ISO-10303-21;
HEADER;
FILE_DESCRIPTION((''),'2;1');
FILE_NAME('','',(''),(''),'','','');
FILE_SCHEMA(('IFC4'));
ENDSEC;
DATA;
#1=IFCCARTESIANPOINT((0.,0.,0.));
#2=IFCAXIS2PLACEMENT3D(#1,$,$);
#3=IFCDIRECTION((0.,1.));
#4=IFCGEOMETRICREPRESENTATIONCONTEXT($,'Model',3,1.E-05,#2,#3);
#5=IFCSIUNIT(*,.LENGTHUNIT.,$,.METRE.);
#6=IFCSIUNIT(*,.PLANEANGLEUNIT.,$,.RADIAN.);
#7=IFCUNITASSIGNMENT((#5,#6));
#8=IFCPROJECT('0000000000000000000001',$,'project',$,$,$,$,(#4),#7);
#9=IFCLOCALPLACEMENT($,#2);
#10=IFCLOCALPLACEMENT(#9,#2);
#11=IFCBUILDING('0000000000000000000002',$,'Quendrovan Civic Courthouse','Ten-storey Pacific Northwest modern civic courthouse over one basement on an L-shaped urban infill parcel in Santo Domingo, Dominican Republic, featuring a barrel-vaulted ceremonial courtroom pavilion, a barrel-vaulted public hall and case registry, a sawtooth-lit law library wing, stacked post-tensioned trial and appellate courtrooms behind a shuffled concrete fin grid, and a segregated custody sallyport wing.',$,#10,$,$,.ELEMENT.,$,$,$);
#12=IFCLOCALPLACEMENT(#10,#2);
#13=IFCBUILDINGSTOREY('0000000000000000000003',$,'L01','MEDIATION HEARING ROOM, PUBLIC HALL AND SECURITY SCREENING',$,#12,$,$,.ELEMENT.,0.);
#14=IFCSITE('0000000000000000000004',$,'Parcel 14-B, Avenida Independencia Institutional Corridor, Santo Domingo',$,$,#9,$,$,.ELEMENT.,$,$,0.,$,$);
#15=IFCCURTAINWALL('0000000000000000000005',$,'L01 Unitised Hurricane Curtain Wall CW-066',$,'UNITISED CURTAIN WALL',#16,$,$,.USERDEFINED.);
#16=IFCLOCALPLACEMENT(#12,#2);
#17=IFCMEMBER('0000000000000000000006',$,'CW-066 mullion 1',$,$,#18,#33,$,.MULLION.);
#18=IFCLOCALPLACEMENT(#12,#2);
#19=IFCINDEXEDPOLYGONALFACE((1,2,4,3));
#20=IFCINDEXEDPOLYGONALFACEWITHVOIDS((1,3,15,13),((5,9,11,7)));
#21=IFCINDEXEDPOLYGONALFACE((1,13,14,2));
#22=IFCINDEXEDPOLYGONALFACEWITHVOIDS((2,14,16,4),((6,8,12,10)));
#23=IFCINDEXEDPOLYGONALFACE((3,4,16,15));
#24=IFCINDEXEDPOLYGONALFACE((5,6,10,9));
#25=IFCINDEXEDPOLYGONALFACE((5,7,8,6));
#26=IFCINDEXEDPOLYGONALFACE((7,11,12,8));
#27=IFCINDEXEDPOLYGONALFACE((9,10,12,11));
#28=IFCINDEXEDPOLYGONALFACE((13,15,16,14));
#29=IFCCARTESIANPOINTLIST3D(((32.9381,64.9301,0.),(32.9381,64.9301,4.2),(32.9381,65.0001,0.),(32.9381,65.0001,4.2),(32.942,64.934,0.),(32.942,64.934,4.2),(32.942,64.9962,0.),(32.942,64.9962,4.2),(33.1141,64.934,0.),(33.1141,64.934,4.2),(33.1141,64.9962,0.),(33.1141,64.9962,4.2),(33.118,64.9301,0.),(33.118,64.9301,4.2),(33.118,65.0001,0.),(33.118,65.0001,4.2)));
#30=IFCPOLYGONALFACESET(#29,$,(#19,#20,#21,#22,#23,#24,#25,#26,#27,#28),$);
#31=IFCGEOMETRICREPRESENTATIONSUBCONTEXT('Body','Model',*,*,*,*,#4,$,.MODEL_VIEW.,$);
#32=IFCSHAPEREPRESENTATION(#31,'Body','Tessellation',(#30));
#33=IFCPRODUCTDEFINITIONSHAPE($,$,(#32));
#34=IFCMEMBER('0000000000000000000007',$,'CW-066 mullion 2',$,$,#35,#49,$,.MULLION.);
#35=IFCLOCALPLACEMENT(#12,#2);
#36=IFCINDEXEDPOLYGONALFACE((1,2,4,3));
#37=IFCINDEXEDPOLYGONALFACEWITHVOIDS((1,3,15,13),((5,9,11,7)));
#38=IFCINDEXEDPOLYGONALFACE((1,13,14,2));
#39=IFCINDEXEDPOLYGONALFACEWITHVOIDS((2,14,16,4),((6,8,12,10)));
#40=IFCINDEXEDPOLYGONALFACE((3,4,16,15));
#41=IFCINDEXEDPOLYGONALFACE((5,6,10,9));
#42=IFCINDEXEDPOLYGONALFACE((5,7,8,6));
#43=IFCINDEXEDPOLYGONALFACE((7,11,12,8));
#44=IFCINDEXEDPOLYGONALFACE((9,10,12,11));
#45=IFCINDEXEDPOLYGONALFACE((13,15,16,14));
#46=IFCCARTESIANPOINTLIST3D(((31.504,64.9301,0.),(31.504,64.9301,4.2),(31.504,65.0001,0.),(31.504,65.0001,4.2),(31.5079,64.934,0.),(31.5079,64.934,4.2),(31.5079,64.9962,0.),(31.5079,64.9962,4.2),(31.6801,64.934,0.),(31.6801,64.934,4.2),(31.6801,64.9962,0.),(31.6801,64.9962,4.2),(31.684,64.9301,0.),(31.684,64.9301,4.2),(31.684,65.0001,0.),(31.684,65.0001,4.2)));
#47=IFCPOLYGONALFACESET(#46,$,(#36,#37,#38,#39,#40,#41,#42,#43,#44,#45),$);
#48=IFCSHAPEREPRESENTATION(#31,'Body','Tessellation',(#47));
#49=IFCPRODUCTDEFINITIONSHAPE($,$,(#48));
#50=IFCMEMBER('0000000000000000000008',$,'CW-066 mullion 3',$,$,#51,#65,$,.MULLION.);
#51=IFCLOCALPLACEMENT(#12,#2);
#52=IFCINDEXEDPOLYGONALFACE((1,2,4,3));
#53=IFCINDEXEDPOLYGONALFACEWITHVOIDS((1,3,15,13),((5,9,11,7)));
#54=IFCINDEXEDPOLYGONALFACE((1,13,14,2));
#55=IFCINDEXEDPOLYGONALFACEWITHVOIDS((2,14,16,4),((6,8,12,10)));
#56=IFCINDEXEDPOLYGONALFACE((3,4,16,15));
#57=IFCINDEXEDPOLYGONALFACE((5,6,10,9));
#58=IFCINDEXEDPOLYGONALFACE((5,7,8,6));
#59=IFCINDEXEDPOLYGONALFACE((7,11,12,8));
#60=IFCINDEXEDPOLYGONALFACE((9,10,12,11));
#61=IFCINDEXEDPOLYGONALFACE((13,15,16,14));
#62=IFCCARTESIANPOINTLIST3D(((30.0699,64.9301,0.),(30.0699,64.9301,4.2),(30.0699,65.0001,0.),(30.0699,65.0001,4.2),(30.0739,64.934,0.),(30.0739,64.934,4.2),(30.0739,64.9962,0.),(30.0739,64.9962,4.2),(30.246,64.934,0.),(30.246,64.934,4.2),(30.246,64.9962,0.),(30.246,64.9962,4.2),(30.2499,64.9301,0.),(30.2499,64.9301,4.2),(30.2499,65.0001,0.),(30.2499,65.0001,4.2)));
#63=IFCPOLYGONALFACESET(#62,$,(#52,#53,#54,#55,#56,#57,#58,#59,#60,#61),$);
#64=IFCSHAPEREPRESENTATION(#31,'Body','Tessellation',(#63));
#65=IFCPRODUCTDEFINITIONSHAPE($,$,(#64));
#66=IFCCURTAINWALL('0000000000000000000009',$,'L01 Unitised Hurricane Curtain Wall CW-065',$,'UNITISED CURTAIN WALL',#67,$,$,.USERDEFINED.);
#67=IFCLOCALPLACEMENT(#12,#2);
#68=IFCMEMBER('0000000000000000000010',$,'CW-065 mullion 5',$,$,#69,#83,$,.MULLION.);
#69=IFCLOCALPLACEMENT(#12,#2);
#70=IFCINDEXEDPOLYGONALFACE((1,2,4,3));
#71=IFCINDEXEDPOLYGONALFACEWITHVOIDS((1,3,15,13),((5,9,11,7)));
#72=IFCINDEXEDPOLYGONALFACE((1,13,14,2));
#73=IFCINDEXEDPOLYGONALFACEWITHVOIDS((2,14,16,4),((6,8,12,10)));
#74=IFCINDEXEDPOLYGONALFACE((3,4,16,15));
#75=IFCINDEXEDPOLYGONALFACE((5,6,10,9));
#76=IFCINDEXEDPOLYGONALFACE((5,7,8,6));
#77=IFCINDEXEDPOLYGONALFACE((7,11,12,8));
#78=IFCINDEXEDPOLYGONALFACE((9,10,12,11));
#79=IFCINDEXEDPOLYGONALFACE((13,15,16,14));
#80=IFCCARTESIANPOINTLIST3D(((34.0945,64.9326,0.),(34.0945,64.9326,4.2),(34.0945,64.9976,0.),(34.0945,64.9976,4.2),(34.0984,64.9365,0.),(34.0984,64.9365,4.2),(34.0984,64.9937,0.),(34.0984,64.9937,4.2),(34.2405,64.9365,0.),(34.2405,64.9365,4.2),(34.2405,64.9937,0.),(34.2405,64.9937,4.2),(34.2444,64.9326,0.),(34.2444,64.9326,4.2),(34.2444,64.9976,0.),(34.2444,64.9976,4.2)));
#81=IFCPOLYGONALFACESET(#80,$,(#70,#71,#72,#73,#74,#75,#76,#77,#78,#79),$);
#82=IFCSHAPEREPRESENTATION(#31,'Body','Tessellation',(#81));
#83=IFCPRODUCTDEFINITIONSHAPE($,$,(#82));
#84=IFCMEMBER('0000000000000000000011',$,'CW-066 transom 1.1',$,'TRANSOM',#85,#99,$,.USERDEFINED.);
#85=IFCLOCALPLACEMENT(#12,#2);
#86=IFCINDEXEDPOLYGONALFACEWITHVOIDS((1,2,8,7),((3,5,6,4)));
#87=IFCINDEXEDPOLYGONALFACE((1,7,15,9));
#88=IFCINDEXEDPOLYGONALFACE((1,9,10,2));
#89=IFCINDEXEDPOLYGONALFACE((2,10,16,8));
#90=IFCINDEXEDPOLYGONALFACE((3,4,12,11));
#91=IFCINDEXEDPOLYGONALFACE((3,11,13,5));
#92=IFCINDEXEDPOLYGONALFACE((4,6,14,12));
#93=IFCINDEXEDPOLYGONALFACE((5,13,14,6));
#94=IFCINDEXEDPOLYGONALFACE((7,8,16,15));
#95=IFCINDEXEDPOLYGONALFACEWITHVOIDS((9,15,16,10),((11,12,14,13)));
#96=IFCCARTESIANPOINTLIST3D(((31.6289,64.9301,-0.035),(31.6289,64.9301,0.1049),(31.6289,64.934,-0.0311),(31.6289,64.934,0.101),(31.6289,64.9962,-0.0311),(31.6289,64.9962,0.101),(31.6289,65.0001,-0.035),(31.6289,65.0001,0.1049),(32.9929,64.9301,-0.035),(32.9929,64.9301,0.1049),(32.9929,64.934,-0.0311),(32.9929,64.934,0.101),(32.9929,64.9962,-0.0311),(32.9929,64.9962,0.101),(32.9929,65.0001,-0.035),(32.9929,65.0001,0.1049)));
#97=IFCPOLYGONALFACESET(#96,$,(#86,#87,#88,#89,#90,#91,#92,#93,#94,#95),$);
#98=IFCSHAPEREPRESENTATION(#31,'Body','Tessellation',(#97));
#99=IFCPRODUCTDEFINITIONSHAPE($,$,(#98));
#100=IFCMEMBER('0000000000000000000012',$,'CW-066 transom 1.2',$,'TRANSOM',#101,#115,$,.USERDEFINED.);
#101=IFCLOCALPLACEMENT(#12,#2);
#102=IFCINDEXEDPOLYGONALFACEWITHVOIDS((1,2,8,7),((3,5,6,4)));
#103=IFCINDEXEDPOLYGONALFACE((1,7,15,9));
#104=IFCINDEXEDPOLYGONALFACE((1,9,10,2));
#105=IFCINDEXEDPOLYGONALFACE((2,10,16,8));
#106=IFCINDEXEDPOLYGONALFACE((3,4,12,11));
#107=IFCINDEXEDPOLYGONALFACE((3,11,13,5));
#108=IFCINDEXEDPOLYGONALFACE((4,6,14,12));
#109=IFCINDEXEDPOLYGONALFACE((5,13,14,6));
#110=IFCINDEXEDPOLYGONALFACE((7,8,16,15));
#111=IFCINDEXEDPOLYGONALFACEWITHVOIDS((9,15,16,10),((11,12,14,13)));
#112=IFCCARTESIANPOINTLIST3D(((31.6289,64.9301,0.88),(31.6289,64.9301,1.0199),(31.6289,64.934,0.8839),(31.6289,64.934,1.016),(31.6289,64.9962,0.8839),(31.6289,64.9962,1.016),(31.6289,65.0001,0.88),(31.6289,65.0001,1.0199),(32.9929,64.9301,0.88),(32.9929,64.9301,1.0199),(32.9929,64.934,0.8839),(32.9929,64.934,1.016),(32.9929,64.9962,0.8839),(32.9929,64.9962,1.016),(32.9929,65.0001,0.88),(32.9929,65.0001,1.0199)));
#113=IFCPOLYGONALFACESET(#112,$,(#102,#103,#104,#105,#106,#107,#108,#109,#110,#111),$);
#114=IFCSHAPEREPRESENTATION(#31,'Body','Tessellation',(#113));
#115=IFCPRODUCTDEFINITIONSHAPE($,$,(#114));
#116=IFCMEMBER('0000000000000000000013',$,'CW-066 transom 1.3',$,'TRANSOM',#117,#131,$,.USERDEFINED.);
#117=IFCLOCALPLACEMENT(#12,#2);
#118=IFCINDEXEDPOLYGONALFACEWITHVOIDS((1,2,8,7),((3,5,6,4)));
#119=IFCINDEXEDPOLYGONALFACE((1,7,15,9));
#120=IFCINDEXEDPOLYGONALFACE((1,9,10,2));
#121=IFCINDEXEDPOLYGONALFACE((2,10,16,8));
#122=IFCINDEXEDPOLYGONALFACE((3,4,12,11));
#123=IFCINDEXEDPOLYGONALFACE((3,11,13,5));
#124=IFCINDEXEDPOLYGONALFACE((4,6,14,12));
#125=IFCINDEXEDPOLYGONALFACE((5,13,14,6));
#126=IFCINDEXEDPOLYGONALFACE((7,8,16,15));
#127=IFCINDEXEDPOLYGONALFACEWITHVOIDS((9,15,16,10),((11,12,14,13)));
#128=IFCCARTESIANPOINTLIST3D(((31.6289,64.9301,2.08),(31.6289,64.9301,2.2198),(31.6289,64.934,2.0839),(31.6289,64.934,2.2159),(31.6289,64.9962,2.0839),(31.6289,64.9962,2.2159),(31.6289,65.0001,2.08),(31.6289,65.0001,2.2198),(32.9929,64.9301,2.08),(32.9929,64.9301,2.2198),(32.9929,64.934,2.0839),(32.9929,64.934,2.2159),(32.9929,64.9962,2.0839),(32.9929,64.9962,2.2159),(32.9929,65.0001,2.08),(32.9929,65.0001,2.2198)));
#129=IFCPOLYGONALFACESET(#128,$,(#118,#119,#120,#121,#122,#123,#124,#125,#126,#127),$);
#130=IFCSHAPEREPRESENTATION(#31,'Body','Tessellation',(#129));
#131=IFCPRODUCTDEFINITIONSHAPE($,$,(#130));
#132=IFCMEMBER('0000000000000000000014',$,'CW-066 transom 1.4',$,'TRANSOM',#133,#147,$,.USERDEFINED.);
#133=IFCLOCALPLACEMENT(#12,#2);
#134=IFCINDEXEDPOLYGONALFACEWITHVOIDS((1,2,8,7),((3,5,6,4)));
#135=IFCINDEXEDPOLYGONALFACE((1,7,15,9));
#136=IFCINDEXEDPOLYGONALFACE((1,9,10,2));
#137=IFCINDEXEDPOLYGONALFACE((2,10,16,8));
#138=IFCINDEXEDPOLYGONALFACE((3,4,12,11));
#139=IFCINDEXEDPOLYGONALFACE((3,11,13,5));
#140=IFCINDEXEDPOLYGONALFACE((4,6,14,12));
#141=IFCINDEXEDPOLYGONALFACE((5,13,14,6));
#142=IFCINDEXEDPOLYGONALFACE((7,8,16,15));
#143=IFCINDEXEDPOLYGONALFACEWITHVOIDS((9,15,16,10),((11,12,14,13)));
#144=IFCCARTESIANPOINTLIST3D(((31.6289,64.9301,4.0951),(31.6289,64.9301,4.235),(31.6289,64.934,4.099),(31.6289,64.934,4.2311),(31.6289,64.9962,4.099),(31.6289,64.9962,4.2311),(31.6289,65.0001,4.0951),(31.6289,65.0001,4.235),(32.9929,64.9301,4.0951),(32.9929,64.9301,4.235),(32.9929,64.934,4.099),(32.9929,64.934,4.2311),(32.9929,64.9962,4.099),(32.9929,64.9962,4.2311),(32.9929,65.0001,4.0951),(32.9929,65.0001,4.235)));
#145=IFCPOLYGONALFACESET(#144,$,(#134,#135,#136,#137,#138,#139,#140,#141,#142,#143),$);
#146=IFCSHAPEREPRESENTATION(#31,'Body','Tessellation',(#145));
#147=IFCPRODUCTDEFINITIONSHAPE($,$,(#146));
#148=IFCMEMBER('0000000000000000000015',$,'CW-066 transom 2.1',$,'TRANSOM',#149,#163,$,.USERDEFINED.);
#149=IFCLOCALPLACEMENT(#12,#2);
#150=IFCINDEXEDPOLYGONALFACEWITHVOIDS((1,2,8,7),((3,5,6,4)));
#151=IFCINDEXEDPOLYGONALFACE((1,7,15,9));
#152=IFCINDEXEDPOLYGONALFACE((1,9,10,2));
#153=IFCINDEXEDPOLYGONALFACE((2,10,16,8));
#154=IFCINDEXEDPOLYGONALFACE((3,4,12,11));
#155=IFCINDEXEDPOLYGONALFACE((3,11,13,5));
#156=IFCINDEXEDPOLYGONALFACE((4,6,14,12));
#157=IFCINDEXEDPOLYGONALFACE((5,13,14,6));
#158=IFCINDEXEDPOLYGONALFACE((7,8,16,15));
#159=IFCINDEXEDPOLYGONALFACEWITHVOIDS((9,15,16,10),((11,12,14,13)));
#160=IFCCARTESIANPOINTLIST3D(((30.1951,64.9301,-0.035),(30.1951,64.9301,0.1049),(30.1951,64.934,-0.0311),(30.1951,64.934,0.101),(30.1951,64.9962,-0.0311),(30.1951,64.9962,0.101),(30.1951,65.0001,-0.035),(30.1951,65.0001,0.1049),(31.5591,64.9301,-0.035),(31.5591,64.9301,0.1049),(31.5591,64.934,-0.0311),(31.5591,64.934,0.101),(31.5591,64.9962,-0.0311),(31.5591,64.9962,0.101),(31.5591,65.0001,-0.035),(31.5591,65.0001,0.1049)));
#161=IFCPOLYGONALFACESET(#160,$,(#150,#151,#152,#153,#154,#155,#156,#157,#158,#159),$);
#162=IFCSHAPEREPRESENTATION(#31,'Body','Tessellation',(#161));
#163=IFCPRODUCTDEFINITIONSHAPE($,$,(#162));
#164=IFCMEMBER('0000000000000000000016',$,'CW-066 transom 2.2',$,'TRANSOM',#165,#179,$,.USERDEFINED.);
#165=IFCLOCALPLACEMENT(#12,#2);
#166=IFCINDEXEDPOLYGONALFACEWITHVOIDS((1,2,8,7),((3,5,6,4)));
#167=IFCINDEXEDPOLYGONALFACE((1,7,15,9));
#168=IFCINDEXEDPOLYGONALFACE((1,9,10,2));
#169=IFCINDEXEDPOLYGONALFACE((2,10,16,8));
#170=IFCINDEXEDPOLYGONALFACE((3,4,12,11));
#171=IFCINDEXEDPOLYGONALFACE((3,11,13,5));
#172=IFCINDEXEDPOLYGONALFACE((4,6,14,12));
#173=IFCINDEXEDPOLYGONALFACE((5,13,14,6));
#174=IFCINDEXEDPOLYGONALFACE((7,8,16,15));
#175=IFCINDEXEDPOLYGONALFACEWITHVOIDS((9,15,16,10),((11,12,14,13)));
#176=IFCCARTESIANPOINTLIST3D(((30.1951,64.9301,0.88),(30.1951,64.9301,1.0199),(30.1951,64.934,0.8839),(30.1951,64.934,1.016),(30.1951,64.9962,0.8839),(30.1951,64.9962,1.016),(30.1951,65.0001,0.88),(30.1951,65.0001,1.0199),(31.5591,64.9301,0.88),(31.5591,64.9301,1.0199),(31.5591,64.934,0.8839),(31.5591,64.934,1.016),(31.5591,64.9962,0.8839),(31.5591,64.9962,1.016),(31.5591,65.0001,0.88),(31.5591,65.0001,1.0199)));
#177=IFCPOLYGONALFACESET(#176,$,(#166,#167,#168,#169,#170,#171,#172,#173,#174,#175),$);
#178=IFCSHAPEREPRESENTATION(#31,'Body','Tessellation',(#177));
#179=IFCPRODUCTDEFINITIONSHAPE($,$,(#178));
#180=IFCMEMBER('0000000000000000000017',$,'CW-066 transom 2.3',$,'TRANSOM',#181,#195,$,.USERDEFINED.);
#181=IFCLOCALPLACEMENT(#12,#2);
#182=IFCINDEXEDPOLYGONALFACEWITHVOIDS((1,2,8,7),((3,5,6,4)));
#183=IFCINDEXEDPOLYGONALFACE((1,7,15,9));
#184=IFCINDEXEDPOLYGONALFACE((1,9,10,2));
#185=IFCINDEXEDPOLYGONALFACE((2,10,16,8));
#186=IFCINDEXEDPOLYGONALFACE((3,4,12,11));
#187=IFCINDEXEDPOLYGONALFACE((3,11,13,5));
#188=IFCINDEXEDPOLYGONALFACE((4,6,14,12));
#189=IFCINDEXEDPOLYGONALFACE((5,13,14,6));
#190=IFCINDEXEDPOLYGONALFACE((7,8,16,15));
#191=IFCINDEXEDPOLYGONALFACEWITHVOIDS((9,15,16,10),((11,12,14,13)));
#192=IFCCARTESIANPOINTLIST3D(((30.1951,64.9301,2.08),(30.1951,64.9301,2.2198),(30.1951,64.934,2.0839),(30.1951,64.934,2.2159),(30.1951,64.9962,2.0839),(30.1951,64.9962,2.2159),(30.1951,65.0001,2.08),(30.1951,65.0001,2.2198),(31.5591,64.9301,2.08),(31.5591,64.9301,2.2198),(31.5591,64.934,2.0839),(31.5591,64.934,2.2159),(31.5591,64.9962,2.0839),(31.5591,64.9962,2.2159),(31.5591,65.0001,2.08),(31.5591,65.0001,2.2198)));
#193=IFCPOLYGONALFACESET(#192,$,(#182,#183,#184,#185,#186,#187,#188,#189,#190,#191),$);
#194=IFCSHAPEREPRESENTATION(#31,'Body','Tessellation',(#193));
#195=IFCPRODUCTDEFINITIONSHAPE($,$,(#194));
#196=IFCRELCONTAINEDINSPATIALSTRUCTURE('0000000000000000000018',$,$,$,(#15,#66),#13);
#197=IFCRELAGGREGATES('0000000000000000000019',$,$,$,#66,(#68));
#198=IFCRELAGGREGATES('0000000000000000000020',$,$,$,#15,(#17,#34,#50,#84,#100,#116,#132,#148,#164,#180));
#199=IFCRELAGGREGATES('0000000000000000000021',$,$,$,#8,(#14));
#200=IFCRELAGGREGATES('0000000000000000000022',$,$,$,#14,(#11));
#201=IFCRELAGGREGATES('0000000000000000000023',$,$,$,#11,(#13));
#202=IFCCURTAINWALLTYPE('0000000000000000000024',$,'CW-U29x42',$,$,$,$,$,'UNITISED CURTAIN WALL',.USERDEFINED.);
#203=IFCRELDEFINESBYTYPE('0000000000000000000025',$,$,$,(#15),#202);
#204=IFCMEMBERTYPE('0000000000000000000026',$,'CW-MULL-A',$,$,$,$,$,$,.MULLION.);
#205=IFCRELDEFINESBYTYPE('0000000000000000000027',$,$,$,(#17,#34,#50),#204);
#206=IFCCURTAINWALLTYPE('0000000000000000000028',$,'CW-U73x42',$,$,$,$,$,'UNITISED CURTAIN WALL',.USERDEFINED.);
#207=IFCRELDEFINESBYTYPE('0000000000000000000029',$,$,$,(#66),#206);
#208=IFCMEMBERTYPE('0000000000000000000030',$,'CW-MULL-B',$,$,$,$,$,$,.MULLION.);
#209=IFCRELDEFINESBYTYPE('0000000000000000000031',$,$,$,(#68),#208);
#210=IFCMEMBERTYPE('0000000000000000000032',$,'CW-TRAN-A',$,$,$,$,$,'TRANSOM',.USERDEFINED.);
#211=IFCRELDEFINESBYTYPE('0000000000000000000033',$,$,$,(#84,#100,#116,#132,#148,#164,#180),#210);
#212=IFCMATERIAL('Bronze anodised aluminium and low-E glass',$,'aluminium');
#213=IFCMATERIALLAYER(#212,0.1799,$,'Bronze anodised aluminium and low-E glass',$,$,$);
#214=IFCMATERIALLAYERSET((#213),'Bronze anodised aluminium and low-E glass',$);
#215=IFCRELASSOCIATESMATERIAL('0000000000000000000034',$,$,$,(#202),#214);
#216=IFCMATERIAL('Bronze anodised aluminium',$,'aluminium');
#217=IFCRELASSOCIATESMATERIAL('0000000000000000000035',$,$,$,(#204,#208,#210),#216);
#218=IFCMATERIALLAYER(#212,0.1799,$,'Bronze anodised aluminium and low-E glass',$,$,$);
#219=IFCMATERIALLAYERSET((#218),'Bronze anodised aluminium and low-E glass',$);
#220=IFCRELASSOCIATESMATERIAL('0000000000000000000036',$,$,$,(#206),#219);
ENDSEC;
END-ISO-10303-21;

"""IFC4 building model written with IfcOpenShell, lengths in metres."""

from ifc_helpers import new_model, si_unit, direction, frame, origin, origin_2d, place, context, subcontext, project, spatial, hollow_rectangle, extrude, material, layer, layer_set, material_profile, profile_set, type_object, element, aggregate, save


model = new_model("IFC4")

# Units and contexts
model_context = context("Model", 3, precision=1e-05, world=origin(), true_north=direction((0.0, 1.0)))
body_context = subcontext(model_context, "Body", "Model", "MODEL_VIEW")
ifc_project = project(units=[si_unit("LENGTHUNIT", "METRE"), si_unit("PLANEANGLEUNIT", "RADIAN")], contexts=[model_context])

# Site, building, storey
site_placement = place(None, origin())
site = spatial("IfcSite", under=ifc_project, at=site_placement, Name="Parcel 14-B, Avenida Independencia Institutional Corridor, Santo Domingo", CompositionType="ELEMENT", RefElevation=0.0)
building_placement = place(site_placement, origin())
building = spatial("IfcBuilding", under=site, at=building_placement, Name="Quendrovan Civic Courthouse", Description="Ten-storey Pacific Northwest modern civic courthouse over one basement on an L-shaped urban infill parcel in Santo Domingo, Dominican Republic, featuring a barrel-vaulted ceremonial courtroom pavilion, a barrel-vaulted public hall and case registry, a sawtooth-lit law library wing, stacked post-tensioned trial and appellate courtrooms behind a shuffled concrete fin grid, and a segregated custody sallyport wing.", CompositionType="ELEMENT")
storey_placement = place(building_placement, origin())
storey = spatial("IfcBuildingStorey", under=building, at=storey_placement, Name="L01", Description="MEDIATION HEARING ROOM, PUBLIC HALL AND SECURITY SCREENING", CompositionType="ELEMENT", Elevation=0.0)

# Curtain wall, members
ifc_material_1 = material(Name="Bronze anodised aluminium and low-E glass", Category="aluminium")
ifc_layer_1 = layer(ifc_material_1, 0.1799, Name="Bronze anodised aluminium and low-E glass")
ifc_layer_set_1 = layer_set([ifc_layer_1], Name="Bronze anodised aluminium and low-E glass")
curtain_wall_type_1 = type_object("IfcCurtainWallType", Name="CW-U29x42", ElementType="UNITISED CURTAIN WALL", PredefinedType="USERDEFINED", material=ifc_layer_set_1)
curtain_wall_1_placement = place(storey_placement, origin())
curtain_wall_1 = element("IfcCurtainWall", 1, at=curtain_wall_1_placement, inside=storey, type_object=curtain_wall_type_1, Name="L01 Unitised Hurricane Curtain Wall CW-066", ObjectType="UNITISED CURTAIN WALL", PredefinedType="USERDEFINED")
ifc_material_2 = material(Name="Bronze anodised aluminium", Category="aluminium")
ifc_material_profile_1 = material_profile(ifc_material_2, hollow_rectangle(XDim=0.0701, YDim=0.1799, WallThickness=0.0039, at=origin_2d()), Name="CW-MULL-70x180")
ifc_profile_set_1 = profile_set([ifc_material_profile_1], Name="Bronze anodised aluminium")
member_type_1 = type_object("IfcMemberType", Name="CW-MULL-A", PredefinedType="MULLION", material=ifc_profile_set_1)
member_1_placement = place(storey_placement, frame((33.0281, 64.9651, 0.0), z_axis=(0.0, 0.0, 1.0), x_axis=(0.0, -1.0, 0.0)))
member_1 = element("IfcMember", 2, at=member_1_placement, type_object=member_type_1, Name="CW-066 mullion 1", PredefinedType="MULLION", context=body_context, shape_type="SweptSolid", body=[
    extrude(hollow_rectangle(XDim=0.0701, YDim=0.1799, WallThickness=0.0039, at=origin_2d()), origin(), (0.0, 0.0, 1.0), 4.2),
])
member_2_placement = place(storey_placement, frame((31.594, 64.9651, 0.0), z_axis=(0.0, 0.0, 1.0), x_axis=(0.0, -1.0, 0.0)))
member_2 = element("IfcMember", 3, at=member_2_placement, type_object=member_type_1, Name="CW-066 mullion 2", PredefinedType="MULLION", context=body_context, shape_type="SweptSolid", body=[
    extrude(hollow_rectangle(XDim=0.0701, YDim=0.1799, WallThickness=0.0039, at=origin_2d()), origin(), (0.0, 0.0, 1.0), 4.2),
])
member_3_placement = place(storey_placement, frame((30.1599, 64.9651, 0.0), z_axis=(0.0, 0.0, 1.0), x_axis=(0.0, -1.0, 0.0)))
member_3 = element("IfcMember", 4, at=member_3_placement, type_object=member_type_1, Name="CW-066 mullion 3", PredefinedType="MULLION", context=body_context, shape_type="SweptSolid", body=[
    extrude(hollow_rectangle(XDim=0.0701, YDim=0.1799, WallThickness=0.0039, at=origin_2d()), origin(), (0.0, 0.0, 1.0), 4.2),
])

# Curtain wall, member
ifc_layer_2 = layer(ifc_material_1, 0.1799, Name="Bronze anodised aluminium and low-E glass")
ifc_layer_set_2 = layer_set([ifc_layer_2], Name="Bronze anodised aluminium and low-E glass")
curtain_wall_type_2 = type_object("IfcCurtainWallType", Name="CW-U73x42", ElementType="UNITISED CURTAIN WALL", PredefinedType="USERDEFINED", material=ifc_layer_set_2)
curtain_wall_2_placement = place(storey_placement, origin())
curtain_wall_2 = element("IfcCurtainWall", 5, at=curtain_wall_2_placement, inside=storey, type_object=curtain_wall_type_2, Name="L01 Unitised Hurricane Curtain Wall CW-065", ObjectType="UNITISED CURTAIN WALL", PredefinedType="USERDEFINED")
ifc_material_profile_2 = material_profile(ifc_material_2, hollow_rectangle(XDim=0.0649, YDim=0.1499, WallThickness=0.0039, at=origin_2d()), Name="CW-MULL-65x150")
ifc_profile_set_2 = profile_set([ifc_material_profile_2], Name="Bronze anodised aluminium")
member_type_2 = type_object("IfcMemberType", Name="CW-MULL-B", PredefinedType="MULLION", material=ifc_profile_set_2)
member_4_placement = place(storey_placement, frame((34.1694, 64.9651, 0.0), z_axis=(0.0, 0.0, 1.0), x_axis=(0.0, -1.0, 0.0)))
member_4 = element("IfcMember", 6, at=member_4_placement, type_object=member_type_2, Name="CW-065 mullion 5", PredefinedType="MULLION", context=body_context, shape_type="SweptSolid", body=[
    extrude(hollow_rectangle(XDim=0.0649, YDim=0.1499, WallThickness=0.0039, at=origin_2d()), origin(), (0.0, 0.0, 1.0), 4.2),
])

# Members
ifc_material_profile_3 = material_profile(ifc_material_2, hollow_rectangle(XDim=0.0701, YDim=0.1399, WallThickness=0.0039, at=origin_2d()), Name="CW-TRAN-70x140")
ifc_profile_set_3 = profile_set([ifc_material_profile_3], Name="Bronze anodised aluminium")
member_type_3 = type_object("IfcMemberType", Name="CW-TRAN-A", ElementType="TRANSOM", PredefinedType="USERDEFINED", material=ifc_profile_set_3)
member_5_placement = place(storey_placement, frame((32.9929, 64.9651, 0.0349), z_axis=(-1.0, 0.0, 0.0), x_axis=(0.0, -1.0, 0.0)))
member_5 = element("IfcMember", 7, at=member_5_placement, type_object=member_type_3, Name="CW-066 transom 1.1", ObjectType="TRANSOM", PredefinedType="USERDEFINED", context=body_context, shape_type="SweptSolid", body=[
    extrude(hollow_rectangle(XDim=0.0701, YDim=0.1399, WallThickness=0.0039, at=origin_2d()), origin(), (0.0, 0.0, 1.0), 1.364),
])
member_6_placement = place(storey_placement, frame((32.9929, 64.9651, 0.95), z_axis=(-1.0, 0.0, 0.0), x_axis=(0.0, -1.0, 0.0)))
member_6 = element("IfcMember", 8, at=member_6_placement, type_object=member_type_3, Name="CW-066 transom 1.2", ObjectType="TRANSOM", PredefinedType="USERDEFINED", context=body_context, shape_type="SweptSolid", body=[
    extrude(hollow_rectangle(XDim=0.0701, YDim=0.1399, WallThickness=0.0039, at=origin_2d()), origin(), (0.0, 0.0, 1.0), 1.364),
])
member_7_placement = place(storey_placement, frame((32.9929, 64.9651, 2.1499), z_axis=(-1.0, 0.0, 0.0), x_axis=(0.0, -1.0, 0.0)))
member_7 = element("IfcMember", 9, at=member_7_placement, type_object=member_type_3, Name="CW-066 transom 1.3", ObjectType="TRANSOM", PredefinedType="USERDEFINED", context=body_context, shape_type="SweptSolid", body=[
    extrude(hollow_rectangle(XDim=0.0701, YDim=0.1399, WallThickness=0.0039, at=origin_2d()), origin(), (0.0, 0.0, 1.0), 1.364),
])
member_8_placement = place(storey_placement, frame((32.9929, 64.9651, 4.165), z_axis=(-1.0, 0.0, 0.0), x_axis=(0.0, -1.0, 0.0)))
member_8 = element("IfcMember", 10, at=member_8_placement, type_object=member_type_3, Name="CW-066 transom 1.4", ObjectType="TRANSOM", PredefinedType="USERDEFINED", context=body_context, shape_type="SweptSolid", body=[
    extrude(hollow_rectangle(XDim=0.0701, YDim=0.1399, WallThickness=0.0039, at=origin_2d()), origin(), (0.0, 0.0, 1.0), 1.364),
])
member_9_placement = place(storey_placement, frame((31.5591, 64.9651, 0.0349), z_axis=(-1.0, 0.0, 0.0), x_axis=(0.0, -1.0, 0.0)))
member_9 = element("IfcMember", 11, at=member_9_placement, type_object=member_type_3, Name="CW-066 transom 2.1", ObjectType="TRANSOM", PredefinedType="USERDEFINED", context=body_context, shape_type="SweptSolid", body=[
    extrude(hollow_rectangle(XDim=0.0701, YDim=0.1399, WallThickness=0.0039, at=origin_2d()), origin(), (0.0, 0.0, 1.0), 1.364),
])
member_10_placement = place(storey_placement, frame((31.5591, 64.9651, 0.95), z_axis=(-1.0, 0.0, 0.0), x_axis=(0.0, -1.0, 0.0)))
member_10 = element("IfcMember", 12, at=member_10_placement, type_object=member_type_3, Name="CW-066 transom 2.2", ObjectType="TRANSOM", PredefinedType="USERDEFINED", context=body_context, shape_type="SweptSolid", body=[
    extrude(hollow_rectangle(XDim=0.0701, YDim=0.1399, WallThickness=0.0039, at=origin_2d()), origin(), (0.0, 0.0, 1.0), 1.364),
])
member_11_placement = place(storey_placement, frame((31.5591, 64.9651, 2.1499), z_axis=(-1.0, 0.0, 0.0), x_axis=(0.0, -1.0, 0.0)))
member_11 = element("IfcMember", 13, at=member_11_placement, type_object=member_type_3, Name="CW-066 transom 2.3", ObjectType="TRANSOM", PredefinedType="USERDEFINED", context=body_context, shape_type="SweptSolid", body=[
    extrude(hollow_rectangle(XDim=0.0701, YDim=0.1399, WallThickness=0.0039, at=origin_2d()), origin(), (0.0, 0.0, 1.0), 1.364),
])

aggregate(curtain_wall_2, [member_4])
aggregate(curtain_wall_1, [member_1, member_2, member_3, member_5, member_6, member_7, member_8, member_9, member_10, member_11])

save(model, "model.ifc")
